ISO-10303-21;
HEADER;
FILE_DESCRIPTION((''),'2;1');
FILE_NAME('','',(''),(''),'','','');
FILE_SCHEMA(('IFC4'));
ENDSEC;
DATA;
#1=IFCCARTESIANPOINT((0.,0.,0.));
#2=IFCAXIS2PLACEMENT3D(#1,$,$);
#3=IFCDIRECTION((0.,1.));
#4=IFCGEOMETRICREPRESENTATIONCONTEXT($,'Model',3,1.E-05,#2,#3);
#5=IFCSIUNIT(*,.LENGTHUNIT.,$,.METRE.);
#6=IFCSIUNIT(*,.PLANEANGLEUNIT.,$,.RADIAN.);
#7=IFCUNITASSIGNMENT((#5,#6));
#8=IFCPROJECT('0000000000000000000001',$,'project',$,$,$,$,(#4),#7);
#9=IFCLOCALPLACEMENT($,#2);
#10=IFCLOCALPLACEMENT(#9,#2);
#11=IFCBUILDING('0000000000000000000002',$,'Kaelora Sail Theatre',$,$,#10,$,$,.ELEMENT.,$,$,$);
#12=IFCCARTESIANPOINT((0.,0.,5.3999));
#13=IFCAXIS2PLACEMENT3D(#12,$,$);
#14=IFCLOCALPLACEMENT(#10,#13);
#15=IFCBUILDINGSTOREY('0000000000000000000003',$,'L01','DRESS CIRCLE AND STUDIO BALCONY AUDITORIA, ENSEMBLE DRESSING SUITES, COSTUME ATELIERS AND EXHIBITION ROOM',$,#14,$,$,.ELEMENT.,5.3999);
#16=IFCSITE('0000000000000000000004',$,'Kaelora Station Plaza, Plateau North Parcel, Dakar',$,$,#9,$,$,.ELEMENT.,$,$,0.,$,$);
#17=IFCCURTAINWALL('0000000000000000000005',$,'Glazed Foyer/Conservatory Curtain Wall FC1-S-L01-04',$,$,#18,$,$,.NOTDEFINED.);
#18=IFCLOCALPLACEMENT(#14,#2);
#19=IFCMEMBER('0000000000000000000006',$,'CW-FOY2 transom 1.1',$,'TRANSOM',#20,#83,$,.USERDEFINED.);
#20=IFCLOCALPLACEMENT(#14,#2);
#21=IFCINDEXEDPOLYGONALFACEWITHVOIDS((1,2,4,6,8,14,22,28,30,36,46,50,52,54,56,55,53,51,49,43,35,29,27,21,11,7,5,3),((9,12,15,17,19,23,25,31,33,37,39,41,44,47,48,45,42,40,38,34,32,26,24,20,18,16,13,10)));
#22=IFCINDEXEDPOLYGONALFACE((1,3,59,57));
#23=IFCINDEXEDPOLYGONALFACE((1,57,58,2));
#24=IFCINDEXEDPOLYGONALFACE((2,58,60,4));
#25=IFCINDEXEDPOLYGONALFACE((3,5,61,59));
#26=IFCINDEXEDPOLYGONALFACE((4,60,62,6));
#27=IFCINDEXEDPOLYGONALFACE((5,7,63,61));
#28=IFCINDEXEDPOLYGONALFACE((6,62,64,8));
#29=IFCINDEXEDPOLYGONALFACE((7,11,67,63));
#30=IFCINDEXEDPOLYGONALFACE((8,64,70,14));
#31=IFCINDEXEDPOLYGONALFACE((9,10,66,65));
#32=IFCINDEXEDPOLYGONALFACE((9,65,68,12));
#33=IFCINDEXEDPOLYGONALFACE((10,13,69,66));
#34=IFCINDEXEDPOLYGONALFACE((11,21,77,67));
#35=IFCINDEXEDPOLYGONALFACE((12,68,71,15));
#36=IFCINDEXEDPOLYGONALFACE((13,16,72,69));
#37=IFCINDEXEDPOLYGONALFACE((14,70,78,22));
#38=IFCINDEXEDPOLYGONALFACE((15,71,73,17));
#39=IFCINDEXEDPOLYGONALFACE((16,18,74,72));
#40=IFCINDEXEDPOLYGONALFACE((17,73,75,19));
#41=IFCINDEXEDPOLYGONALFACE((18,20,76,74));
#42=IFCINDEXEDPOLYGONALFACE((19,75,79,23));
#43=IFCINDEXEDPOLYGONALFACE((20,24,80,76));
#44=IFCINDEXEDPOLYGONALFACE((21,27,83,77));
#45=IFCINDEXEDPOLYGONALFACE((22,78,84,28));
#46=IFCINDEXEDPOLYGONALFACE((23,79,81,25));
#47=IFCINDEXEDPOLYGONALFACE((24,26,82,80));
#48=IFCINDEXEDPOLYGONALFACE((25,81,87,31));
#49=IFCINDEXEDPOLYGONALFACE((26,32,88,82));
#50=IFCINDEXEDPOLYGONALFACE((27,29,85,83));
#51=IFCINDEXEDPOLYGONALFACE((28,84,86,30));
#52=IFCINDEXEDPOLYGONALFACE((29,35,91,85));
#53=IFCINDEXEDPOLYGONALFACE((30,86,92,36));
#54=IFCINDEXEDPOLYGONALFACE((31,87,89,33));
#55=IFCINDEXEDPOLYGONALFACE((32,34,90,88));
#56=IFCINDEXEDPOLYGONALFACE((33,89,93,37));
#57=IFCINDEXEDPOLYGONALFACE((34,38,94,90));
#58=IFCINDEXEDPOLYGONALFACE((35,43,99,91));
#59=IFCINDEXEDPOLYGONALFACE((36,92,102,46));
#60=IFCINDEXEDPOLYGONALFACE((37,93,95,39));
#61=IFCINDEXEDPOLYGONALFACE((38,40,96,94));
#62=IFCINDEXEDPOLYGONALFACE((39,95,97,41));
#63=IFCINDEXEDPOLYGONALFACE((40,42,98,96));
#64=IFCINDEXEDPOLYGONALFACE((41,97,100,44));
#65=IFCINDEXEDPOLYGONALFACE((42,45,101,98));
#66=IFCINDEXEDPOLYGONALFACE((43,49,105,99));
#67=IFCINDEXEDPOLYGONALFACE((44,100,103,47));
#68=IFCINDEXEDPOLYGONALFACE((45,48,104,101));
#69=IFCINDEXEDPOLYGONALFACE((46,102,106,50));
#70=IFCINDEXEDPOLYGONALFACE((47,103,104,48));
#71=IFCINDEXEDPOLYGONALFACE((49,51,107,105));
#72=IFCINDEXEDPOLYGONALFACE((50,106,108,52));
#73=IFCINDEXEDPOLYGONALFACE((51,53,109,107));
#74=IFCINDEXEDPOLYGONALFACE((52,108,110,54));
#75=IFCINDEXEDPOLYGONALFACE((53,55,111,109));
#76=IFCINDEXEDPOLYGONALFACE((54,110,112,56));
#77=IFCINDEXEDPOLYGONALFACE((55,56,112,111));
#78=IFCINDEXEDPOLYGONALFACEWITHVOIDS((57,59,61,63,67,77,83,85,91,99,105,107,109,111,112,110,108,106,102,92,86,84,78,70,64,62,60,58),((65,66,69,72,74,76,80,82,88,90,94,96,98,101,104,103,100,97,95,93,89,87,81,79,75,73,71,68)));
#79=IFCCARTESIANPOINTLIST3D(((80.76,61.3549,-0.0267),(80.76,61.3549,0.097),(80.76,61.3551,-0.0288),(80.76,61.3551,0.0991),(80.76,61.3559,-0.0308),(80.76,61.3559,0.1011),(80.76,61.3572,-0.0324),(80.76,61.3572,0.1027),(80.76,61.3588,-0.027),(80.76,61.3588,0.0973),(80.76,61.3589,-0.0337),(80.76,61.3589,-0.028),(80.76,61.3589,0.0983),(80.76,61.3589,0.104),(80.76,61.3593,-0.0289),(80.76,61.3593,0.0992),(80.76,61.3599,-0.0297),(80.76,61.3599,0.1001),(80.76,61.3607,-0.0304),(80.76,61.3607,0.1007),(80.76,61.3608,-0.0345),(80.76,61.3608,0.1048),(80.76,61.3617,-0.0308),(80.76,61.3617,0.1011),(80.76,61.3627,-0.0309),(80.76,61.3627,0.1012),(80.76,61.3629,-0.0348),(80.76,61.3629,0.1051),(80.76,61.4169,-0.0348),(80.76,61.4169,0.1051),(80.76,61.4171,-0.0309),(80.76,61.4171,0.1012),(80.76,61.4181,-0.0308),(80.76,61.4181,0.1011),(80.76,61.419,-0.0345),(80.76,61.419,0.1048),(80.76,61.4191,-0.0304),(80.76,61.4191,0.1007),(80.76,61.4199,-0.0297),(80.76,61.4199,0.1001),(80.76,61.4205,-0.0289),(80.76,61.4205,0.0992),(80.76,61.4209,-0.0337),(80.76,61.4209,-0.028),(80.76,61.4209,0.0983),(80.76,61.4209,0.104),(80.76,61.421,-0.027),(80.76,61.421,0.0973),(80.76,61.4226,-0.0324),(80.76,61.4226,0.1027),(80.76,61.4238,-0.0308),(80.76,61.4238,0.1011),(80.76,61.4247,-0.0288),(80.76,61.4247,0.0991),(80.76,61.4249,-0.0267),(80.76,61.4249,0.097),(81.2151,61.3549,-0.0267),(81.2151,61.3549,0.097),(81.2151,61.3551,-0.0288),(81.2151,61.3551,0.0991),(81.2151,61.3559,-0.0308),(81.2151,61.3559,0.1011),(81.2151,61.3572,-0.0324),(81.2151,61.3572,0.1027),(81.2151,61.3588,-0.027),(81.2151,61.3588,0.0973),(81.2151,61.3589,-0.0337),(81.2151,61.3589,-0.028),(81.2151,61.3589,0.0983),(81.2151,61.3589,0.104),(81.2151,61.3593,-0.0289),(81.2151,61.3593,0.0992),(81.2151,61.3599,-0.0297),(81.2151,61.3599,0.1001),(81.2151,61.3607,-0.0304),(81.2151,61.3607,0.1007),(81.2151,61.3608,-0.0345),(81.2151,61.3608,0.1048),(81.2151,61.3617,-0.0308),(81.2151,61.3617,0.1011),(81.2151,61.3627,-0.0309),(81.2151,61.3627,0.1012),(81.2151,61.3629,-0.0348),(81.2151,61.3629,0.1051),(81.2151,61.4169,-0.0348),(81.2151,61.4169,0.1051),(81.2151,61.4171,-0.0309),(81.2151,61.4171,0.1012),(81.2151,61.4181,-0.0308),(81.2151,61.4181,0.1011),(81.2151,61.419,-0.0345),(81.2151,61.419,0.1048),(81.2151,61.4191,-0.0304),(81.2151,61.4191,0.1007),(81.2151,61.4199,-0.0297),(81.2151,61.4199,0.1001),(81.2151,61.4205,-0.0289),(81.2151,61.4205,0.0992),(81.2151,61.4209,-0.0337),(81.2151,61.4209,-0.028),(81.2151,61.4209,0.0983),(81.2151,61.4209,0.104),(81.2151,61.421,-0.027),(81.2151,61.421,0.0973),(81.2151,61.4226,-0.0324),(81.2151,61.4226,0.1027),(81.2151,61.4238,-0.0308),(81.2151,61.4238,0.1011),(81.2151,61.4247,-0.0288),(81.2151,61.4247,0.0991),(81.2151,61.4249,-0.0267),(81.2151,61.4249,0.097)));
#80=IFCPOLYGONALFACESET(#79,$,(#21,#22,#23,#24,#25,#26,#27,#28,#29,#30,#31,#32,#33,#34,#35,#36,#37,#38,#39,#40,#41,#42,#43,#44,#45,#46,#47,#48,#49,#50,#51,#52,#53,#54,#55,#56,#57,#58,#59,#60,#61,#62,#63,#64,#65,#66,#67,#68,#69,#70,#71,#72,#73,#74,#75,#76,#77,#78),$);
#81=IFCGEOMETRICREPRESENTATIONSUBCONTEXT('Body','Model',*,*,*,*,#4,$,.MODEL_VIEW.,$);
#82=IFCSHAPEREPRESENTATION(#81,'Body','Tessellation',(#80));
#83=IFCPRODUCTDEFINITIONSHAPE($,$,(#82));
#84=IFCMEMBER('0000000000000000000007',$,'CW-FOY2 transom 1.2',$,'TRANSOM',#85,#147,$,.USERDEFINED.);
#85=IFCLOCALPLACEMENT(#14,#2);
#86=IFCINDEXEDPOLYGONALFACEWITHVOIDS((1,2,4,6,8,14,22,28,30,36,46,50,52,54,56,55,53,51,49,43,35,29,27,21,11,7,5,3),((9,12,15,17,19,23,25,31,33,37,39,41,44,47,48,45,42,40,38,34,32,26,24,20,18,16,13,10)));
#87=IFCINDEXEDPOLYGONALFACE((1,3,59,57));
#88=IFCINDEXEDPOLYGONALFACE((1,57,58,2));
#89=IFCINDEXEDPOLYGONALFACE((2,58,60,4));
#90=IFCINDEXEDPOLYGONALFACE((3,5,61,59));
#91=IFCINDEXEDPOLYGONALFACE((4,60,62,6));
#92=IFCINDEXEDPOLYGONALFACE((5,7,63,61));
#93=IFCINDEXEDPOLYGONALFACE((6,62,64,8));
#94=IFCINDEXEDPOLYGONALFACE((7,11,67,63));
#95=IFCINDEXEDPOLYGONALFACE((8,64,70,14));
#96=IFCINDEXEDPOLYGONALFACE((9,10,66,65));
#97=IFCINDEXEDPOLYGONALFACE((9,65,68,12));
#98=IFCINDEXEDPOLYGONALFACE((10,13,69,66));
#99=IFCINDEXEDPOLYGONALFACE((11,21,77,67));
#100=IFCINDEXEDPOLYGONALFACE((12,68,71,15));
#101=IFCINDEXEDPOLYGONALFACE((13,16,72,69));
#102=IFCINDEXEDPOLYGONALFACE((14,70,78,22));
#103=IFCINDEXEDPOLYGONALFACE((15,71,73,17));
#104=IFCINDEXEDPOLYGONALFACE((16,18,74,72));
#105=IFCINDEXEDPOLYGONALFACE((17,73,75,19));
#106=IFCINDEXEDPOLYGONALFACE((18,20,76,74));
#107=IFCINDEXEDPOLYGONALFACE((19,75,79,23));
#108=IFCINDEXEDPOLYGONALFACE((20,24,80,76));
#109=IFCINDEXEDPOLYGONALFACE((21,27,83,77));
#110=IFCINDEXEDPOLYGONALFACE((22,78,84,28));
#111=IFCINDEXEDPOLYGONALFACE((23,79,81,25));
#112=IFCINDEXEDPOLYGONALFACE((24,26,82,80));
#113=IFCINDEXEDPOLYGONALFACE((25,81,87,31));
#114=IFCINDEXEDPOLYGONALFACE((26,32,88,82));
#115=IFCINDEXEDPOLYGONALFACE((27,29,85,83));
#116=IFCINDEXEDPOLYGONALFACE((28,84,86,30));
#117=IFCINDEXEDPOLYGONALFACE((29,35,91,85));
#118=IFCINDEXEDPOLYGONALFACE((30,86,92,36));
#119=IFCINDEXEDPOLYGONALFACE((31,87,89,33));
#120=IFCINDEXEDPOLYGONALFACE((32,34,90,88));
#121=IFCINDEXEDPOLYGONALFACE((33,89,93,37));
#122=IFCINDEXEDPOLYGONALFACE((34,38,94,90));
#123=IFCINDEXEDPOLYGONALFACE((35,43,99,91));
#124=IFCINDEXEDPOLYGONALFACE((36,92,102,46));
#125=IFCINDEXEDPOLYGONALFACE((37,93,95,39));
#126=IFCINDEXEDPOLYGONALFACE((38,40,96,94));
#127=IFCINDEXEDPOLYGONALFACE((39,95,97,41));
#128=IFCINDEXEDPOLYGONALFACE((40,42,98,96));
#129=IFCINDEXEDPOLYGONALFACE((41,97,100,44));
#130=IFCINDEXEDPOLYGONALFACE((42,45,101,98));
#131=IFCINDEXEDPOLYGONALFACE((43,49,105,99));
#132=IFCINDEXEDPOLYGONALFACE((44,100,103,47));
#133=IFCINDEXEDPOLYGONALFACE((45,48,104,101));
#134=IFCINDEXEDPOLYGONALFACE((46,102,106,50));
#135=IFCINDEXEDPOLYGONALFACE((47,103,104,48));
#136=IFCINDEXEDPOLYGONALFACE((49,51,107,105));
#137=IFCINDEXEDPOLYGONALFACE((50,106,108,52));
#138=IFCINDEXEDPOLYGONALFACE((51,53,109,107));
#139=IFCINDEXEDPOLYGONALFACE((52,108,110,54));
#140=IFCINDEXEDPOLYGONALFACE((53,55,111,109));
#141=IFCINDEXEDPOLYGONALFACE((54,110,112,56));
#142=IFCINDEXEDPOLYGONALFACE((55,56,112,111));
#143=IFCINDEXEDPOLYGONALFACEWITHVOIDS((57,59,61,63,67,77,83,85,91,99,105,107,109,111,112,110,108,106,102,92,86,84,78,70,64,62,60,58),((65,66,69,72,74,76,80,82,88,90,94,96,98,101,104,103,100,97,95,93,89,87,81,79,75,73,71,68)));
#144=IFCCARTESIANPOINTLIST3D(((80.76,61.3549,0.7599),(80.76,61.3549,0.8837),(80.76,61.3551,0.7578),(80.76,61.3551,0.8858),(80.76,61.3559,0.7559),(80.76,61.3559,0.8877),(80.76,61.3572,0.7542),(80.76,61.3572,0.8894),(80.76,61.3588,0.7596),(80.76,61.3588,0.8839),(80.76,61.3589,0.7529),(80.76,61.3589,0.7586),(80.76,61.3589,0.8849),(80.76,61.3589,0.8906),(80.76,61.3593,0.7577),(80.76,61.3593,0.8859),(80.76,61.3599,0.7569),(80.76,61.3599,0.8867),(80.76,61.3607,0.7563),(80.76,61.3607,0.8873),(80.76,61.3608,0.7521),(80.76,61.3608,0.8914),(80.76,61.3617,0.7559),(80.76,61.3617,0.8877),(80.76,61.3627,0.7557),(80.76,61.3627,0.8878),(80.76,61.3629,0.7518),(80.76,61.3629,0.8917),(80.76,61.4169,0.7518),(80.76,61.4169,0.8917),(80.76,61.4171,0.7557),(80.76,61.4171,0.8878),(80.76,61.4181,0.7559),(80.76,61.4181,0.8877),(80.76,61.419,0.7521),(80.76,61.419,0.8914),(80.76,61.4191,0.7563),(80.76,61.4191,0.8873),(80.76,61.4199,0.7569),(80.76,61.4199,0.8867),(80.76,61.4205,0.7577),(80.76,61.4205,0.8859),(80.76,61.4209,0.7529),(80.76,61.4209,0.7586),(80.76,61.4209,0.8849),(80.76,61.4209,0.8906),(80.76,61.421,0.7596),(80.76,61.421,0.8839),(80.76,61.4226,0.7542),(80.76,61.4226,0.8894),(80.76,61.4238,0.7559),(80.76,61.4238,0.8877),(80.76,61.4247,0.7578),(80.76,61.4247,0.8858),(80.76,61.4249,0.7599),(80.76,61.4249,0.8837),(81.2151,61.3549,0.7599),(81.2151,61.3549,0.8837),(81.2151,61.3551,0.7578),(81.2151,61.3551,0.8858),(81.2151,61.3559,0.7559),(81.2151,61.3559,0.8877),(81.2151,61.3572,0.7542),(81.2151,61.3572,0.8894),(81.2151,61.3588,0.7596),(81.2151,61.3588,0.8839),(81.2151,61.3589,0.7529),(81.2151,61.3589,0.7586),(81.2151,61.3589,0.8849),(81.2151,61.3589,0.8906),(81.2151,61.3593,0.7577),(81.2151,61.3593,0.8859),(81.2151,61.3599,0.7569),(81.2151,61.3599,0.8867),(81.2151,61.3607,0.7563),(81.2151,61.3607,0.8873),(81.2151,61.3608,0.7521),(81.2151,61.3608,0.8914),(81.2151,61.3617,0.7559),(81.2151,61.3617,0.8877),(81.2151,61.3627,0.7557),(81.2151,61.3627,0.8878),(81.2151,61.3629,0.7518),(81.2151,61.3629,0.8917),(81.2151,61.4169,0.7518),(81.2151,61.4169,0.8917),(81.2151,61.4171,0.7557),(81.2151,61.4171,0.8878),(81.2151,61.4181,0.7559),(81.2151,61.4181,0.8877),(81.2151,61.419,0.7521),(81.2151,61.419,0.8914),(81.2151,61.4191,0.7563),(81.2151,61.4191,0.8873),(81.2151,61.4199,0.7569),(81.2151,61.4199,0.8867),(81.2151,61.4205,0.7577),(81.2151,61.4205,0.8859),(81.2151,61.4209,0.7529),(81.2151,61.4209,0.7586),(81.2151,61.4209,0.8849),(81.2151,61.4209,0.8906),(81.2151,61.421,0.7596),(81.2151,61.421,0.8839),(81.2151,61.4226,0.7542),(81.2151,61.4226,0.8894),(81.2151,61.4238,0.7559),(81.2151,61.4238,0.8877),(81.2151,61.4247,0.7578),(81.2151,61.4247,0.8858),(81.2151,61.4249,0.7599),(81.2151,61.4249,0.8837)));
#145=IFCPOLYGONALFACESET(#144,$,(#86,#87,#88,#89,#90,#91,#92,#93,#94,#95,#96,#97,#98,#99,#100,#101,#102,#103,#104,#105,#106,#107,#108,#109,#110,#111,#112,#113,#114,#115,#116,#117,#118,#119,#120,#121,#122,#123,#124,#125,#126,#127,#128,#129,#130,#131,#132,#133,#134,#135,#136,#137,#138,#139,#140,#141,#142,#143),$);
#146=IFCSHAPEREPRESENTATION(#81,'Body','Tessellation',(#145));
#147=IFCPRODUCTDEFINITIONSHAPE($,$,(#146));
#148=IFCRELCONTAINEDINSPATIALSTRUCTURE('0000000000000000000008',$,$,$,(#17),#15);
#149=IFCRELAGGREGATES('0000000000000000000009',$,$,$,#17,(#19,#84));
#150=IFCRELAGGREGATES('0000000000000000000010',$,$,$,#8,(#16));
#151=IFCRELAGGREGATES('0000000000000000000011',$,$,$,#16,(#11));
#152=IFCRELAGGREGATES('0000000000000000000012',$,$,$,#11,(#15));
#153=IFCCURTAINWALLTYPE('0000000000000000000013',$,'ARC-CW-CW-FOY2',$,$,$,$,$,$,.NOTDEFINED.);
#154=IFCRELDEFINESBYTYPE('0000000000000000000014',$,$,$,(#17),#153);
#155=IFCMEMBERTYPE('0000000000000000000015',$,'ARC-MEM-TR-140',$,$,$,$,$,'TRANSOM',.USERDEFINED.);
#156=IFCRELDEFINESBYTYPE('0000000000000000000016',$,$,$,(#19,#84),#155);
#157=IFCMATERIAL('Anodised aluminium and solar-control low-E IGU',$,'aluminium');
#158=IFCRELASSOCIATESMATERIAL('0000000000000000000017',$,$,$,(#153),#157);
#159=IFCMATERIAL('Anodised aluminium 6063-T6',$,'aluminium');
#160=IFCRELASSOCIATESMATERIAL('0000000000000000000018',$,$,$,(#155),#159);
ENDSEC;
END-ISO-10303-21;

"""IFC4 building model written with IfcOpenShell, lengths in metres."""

from ifc_helpers import new_model, si_unit, direction, frame, origin, origin_2d, place, context, subcontext, project, spatial, hollow_rectangle, extrude, material, material_profile, profile_set, type_object, element, aggregate, save


model = new_model("IFC4")

# Units and contexts
model_context = context("Model", 3, precision=1e-05, world=origin(), true_north=direction((0.0, 1.0)))
body_context = subcontext(model_context, "Body", "Model", "MODEL_VIEW")
ifc_project = project(units=[si_unit("LENGTHUNIT", "METRE"), si_unit("PLANEANGLEUNIT", "RADIAN")], contexts=[model_context])

# Site, building, storey
site_placement = place(None, origin())
site = spatial("IfcSite", under=ifc_project, at=site_placement, Name="Kaelora Station Plaza, Plateau North Parcel, Dakar", CompositionType="ELEMENT", RefElevation=0.0)
building_placement = place(site_placement, origin())
building = spatial("IfcBuilding", under=site, at=building_placement, Name="Kaelora Sail Theatre", CompositionType="ELEMENT")
storey_placement = place(building_placement, frame((0.0, 0.0, 5.3999)))
storey = spatial("IfcBuildingStorey", under=building, at=storey_placement, Name="L01", Description="DRESS CIRCLE AND STUDIO BALCONY AUDITORIA, ENSEMBLE DRESSING SUITES, COSTUME ATELIERS AND EXHIBITION ROOM", CompositionType="ELEMENT", Elevation=5.3999)

# Shared definitions
ifc_material_1 = material(Name="Anodised aluminium and solar-control low-E IGU", Category="aluminium")
curtain_wall_type = type_object("IfcCurtainWallType", Name="ARC-CW-CW-FOY2", PredefinedType="NOTDEFINED", material=ifc_material_1)

# Curtain wall
curtain_wall_1_placement = place(storey_placement, origin())
curtain_wall_1 = element("IfcCurtainWall", 1, at=curtain_wall_1_placement, inside=storey, type_object=curtain_wall_type, Name="Glazed Foyer/Conservatory Curtain Wall FC1-S-L01-04", PredefinedType="NOTDEFINED")

# Members
ifc_material_2 = material(Name="Anodised aluminium 6063-T6", Category="aluminium")
ifc_material_profile_1 = material_profile(ifc_material_2, hollow_rectangle(XDim=0.0701, YDim=0.1399, WallThickness=0.0039, InnerFilletRadius=0.0039, OuterFilletRadius=0.0081, at=origin_2d()), Name="ALU-TRAN 70x140x4")
ifc_profile_set_1 = profile_set([ifc_material_profile_1], Name="Anodised aluminium 6063-T6")
member_type_1 = type_object("IfcMemberType", Name="ARC-MEM-TR-140", ElementType="TRANSOM", PredefinedType="USERDEFINED", material=ifc_profile_set_1)
member_1_placement = place(storey_placement, frame((80.76, 61.3899, 0.0352), z_axis=(1.0, 0.0, 0.0), x_axis=(0.0, 1.0, 0.0)))
member_1 = element("IfcMember", 2, at=member_1_placement, type_object=member_type_1, Name="CW-FOY2 transom 1.1", ObjectType="TRANSOM", PredefinedType="USERDEFINED", context=body_context, shape_type="SweptSolid", body=[
    extrude(hollow_rectangle(XDim=0.0701, YDim=0.1399, WallThickness=0.0039, InnerFilletRadius=0.0039, OuterFilletRadius=0.0081, at=origin_2d()), origin(), (0.0, 0.0, 1.0), 0.4551),
])
member_2_placement = place(storey_placement, frame((80.76, 61.3899, 0.8218), z_axis=(1.0, 0.0, 0.0), x_axis=(0.0, 1.0, 0.0)))
member_2 = element("IfcMember", 3, at=member_2_placement, type_object=member_type_1, Name="CW-FOY2 transom 1.2", ObjectType="TRANSOM", PredefinedType="USERDEFINED", context=body_context, shape_type="SweptSolid", body=[
    extrude(hollow_rectangle(XDim=0.0701, YDim=0.1399, WallThickness=0.0039, InnerFilletRadius=0.0039, OuterFilletRadius=0.0081, at=origin_2d()), origin(), (0.0, 0.0, 1.0), 0.4551),
])

aggregate(curtain_wall_1, [member_1, member_2])

save(model, "model.ifc")
